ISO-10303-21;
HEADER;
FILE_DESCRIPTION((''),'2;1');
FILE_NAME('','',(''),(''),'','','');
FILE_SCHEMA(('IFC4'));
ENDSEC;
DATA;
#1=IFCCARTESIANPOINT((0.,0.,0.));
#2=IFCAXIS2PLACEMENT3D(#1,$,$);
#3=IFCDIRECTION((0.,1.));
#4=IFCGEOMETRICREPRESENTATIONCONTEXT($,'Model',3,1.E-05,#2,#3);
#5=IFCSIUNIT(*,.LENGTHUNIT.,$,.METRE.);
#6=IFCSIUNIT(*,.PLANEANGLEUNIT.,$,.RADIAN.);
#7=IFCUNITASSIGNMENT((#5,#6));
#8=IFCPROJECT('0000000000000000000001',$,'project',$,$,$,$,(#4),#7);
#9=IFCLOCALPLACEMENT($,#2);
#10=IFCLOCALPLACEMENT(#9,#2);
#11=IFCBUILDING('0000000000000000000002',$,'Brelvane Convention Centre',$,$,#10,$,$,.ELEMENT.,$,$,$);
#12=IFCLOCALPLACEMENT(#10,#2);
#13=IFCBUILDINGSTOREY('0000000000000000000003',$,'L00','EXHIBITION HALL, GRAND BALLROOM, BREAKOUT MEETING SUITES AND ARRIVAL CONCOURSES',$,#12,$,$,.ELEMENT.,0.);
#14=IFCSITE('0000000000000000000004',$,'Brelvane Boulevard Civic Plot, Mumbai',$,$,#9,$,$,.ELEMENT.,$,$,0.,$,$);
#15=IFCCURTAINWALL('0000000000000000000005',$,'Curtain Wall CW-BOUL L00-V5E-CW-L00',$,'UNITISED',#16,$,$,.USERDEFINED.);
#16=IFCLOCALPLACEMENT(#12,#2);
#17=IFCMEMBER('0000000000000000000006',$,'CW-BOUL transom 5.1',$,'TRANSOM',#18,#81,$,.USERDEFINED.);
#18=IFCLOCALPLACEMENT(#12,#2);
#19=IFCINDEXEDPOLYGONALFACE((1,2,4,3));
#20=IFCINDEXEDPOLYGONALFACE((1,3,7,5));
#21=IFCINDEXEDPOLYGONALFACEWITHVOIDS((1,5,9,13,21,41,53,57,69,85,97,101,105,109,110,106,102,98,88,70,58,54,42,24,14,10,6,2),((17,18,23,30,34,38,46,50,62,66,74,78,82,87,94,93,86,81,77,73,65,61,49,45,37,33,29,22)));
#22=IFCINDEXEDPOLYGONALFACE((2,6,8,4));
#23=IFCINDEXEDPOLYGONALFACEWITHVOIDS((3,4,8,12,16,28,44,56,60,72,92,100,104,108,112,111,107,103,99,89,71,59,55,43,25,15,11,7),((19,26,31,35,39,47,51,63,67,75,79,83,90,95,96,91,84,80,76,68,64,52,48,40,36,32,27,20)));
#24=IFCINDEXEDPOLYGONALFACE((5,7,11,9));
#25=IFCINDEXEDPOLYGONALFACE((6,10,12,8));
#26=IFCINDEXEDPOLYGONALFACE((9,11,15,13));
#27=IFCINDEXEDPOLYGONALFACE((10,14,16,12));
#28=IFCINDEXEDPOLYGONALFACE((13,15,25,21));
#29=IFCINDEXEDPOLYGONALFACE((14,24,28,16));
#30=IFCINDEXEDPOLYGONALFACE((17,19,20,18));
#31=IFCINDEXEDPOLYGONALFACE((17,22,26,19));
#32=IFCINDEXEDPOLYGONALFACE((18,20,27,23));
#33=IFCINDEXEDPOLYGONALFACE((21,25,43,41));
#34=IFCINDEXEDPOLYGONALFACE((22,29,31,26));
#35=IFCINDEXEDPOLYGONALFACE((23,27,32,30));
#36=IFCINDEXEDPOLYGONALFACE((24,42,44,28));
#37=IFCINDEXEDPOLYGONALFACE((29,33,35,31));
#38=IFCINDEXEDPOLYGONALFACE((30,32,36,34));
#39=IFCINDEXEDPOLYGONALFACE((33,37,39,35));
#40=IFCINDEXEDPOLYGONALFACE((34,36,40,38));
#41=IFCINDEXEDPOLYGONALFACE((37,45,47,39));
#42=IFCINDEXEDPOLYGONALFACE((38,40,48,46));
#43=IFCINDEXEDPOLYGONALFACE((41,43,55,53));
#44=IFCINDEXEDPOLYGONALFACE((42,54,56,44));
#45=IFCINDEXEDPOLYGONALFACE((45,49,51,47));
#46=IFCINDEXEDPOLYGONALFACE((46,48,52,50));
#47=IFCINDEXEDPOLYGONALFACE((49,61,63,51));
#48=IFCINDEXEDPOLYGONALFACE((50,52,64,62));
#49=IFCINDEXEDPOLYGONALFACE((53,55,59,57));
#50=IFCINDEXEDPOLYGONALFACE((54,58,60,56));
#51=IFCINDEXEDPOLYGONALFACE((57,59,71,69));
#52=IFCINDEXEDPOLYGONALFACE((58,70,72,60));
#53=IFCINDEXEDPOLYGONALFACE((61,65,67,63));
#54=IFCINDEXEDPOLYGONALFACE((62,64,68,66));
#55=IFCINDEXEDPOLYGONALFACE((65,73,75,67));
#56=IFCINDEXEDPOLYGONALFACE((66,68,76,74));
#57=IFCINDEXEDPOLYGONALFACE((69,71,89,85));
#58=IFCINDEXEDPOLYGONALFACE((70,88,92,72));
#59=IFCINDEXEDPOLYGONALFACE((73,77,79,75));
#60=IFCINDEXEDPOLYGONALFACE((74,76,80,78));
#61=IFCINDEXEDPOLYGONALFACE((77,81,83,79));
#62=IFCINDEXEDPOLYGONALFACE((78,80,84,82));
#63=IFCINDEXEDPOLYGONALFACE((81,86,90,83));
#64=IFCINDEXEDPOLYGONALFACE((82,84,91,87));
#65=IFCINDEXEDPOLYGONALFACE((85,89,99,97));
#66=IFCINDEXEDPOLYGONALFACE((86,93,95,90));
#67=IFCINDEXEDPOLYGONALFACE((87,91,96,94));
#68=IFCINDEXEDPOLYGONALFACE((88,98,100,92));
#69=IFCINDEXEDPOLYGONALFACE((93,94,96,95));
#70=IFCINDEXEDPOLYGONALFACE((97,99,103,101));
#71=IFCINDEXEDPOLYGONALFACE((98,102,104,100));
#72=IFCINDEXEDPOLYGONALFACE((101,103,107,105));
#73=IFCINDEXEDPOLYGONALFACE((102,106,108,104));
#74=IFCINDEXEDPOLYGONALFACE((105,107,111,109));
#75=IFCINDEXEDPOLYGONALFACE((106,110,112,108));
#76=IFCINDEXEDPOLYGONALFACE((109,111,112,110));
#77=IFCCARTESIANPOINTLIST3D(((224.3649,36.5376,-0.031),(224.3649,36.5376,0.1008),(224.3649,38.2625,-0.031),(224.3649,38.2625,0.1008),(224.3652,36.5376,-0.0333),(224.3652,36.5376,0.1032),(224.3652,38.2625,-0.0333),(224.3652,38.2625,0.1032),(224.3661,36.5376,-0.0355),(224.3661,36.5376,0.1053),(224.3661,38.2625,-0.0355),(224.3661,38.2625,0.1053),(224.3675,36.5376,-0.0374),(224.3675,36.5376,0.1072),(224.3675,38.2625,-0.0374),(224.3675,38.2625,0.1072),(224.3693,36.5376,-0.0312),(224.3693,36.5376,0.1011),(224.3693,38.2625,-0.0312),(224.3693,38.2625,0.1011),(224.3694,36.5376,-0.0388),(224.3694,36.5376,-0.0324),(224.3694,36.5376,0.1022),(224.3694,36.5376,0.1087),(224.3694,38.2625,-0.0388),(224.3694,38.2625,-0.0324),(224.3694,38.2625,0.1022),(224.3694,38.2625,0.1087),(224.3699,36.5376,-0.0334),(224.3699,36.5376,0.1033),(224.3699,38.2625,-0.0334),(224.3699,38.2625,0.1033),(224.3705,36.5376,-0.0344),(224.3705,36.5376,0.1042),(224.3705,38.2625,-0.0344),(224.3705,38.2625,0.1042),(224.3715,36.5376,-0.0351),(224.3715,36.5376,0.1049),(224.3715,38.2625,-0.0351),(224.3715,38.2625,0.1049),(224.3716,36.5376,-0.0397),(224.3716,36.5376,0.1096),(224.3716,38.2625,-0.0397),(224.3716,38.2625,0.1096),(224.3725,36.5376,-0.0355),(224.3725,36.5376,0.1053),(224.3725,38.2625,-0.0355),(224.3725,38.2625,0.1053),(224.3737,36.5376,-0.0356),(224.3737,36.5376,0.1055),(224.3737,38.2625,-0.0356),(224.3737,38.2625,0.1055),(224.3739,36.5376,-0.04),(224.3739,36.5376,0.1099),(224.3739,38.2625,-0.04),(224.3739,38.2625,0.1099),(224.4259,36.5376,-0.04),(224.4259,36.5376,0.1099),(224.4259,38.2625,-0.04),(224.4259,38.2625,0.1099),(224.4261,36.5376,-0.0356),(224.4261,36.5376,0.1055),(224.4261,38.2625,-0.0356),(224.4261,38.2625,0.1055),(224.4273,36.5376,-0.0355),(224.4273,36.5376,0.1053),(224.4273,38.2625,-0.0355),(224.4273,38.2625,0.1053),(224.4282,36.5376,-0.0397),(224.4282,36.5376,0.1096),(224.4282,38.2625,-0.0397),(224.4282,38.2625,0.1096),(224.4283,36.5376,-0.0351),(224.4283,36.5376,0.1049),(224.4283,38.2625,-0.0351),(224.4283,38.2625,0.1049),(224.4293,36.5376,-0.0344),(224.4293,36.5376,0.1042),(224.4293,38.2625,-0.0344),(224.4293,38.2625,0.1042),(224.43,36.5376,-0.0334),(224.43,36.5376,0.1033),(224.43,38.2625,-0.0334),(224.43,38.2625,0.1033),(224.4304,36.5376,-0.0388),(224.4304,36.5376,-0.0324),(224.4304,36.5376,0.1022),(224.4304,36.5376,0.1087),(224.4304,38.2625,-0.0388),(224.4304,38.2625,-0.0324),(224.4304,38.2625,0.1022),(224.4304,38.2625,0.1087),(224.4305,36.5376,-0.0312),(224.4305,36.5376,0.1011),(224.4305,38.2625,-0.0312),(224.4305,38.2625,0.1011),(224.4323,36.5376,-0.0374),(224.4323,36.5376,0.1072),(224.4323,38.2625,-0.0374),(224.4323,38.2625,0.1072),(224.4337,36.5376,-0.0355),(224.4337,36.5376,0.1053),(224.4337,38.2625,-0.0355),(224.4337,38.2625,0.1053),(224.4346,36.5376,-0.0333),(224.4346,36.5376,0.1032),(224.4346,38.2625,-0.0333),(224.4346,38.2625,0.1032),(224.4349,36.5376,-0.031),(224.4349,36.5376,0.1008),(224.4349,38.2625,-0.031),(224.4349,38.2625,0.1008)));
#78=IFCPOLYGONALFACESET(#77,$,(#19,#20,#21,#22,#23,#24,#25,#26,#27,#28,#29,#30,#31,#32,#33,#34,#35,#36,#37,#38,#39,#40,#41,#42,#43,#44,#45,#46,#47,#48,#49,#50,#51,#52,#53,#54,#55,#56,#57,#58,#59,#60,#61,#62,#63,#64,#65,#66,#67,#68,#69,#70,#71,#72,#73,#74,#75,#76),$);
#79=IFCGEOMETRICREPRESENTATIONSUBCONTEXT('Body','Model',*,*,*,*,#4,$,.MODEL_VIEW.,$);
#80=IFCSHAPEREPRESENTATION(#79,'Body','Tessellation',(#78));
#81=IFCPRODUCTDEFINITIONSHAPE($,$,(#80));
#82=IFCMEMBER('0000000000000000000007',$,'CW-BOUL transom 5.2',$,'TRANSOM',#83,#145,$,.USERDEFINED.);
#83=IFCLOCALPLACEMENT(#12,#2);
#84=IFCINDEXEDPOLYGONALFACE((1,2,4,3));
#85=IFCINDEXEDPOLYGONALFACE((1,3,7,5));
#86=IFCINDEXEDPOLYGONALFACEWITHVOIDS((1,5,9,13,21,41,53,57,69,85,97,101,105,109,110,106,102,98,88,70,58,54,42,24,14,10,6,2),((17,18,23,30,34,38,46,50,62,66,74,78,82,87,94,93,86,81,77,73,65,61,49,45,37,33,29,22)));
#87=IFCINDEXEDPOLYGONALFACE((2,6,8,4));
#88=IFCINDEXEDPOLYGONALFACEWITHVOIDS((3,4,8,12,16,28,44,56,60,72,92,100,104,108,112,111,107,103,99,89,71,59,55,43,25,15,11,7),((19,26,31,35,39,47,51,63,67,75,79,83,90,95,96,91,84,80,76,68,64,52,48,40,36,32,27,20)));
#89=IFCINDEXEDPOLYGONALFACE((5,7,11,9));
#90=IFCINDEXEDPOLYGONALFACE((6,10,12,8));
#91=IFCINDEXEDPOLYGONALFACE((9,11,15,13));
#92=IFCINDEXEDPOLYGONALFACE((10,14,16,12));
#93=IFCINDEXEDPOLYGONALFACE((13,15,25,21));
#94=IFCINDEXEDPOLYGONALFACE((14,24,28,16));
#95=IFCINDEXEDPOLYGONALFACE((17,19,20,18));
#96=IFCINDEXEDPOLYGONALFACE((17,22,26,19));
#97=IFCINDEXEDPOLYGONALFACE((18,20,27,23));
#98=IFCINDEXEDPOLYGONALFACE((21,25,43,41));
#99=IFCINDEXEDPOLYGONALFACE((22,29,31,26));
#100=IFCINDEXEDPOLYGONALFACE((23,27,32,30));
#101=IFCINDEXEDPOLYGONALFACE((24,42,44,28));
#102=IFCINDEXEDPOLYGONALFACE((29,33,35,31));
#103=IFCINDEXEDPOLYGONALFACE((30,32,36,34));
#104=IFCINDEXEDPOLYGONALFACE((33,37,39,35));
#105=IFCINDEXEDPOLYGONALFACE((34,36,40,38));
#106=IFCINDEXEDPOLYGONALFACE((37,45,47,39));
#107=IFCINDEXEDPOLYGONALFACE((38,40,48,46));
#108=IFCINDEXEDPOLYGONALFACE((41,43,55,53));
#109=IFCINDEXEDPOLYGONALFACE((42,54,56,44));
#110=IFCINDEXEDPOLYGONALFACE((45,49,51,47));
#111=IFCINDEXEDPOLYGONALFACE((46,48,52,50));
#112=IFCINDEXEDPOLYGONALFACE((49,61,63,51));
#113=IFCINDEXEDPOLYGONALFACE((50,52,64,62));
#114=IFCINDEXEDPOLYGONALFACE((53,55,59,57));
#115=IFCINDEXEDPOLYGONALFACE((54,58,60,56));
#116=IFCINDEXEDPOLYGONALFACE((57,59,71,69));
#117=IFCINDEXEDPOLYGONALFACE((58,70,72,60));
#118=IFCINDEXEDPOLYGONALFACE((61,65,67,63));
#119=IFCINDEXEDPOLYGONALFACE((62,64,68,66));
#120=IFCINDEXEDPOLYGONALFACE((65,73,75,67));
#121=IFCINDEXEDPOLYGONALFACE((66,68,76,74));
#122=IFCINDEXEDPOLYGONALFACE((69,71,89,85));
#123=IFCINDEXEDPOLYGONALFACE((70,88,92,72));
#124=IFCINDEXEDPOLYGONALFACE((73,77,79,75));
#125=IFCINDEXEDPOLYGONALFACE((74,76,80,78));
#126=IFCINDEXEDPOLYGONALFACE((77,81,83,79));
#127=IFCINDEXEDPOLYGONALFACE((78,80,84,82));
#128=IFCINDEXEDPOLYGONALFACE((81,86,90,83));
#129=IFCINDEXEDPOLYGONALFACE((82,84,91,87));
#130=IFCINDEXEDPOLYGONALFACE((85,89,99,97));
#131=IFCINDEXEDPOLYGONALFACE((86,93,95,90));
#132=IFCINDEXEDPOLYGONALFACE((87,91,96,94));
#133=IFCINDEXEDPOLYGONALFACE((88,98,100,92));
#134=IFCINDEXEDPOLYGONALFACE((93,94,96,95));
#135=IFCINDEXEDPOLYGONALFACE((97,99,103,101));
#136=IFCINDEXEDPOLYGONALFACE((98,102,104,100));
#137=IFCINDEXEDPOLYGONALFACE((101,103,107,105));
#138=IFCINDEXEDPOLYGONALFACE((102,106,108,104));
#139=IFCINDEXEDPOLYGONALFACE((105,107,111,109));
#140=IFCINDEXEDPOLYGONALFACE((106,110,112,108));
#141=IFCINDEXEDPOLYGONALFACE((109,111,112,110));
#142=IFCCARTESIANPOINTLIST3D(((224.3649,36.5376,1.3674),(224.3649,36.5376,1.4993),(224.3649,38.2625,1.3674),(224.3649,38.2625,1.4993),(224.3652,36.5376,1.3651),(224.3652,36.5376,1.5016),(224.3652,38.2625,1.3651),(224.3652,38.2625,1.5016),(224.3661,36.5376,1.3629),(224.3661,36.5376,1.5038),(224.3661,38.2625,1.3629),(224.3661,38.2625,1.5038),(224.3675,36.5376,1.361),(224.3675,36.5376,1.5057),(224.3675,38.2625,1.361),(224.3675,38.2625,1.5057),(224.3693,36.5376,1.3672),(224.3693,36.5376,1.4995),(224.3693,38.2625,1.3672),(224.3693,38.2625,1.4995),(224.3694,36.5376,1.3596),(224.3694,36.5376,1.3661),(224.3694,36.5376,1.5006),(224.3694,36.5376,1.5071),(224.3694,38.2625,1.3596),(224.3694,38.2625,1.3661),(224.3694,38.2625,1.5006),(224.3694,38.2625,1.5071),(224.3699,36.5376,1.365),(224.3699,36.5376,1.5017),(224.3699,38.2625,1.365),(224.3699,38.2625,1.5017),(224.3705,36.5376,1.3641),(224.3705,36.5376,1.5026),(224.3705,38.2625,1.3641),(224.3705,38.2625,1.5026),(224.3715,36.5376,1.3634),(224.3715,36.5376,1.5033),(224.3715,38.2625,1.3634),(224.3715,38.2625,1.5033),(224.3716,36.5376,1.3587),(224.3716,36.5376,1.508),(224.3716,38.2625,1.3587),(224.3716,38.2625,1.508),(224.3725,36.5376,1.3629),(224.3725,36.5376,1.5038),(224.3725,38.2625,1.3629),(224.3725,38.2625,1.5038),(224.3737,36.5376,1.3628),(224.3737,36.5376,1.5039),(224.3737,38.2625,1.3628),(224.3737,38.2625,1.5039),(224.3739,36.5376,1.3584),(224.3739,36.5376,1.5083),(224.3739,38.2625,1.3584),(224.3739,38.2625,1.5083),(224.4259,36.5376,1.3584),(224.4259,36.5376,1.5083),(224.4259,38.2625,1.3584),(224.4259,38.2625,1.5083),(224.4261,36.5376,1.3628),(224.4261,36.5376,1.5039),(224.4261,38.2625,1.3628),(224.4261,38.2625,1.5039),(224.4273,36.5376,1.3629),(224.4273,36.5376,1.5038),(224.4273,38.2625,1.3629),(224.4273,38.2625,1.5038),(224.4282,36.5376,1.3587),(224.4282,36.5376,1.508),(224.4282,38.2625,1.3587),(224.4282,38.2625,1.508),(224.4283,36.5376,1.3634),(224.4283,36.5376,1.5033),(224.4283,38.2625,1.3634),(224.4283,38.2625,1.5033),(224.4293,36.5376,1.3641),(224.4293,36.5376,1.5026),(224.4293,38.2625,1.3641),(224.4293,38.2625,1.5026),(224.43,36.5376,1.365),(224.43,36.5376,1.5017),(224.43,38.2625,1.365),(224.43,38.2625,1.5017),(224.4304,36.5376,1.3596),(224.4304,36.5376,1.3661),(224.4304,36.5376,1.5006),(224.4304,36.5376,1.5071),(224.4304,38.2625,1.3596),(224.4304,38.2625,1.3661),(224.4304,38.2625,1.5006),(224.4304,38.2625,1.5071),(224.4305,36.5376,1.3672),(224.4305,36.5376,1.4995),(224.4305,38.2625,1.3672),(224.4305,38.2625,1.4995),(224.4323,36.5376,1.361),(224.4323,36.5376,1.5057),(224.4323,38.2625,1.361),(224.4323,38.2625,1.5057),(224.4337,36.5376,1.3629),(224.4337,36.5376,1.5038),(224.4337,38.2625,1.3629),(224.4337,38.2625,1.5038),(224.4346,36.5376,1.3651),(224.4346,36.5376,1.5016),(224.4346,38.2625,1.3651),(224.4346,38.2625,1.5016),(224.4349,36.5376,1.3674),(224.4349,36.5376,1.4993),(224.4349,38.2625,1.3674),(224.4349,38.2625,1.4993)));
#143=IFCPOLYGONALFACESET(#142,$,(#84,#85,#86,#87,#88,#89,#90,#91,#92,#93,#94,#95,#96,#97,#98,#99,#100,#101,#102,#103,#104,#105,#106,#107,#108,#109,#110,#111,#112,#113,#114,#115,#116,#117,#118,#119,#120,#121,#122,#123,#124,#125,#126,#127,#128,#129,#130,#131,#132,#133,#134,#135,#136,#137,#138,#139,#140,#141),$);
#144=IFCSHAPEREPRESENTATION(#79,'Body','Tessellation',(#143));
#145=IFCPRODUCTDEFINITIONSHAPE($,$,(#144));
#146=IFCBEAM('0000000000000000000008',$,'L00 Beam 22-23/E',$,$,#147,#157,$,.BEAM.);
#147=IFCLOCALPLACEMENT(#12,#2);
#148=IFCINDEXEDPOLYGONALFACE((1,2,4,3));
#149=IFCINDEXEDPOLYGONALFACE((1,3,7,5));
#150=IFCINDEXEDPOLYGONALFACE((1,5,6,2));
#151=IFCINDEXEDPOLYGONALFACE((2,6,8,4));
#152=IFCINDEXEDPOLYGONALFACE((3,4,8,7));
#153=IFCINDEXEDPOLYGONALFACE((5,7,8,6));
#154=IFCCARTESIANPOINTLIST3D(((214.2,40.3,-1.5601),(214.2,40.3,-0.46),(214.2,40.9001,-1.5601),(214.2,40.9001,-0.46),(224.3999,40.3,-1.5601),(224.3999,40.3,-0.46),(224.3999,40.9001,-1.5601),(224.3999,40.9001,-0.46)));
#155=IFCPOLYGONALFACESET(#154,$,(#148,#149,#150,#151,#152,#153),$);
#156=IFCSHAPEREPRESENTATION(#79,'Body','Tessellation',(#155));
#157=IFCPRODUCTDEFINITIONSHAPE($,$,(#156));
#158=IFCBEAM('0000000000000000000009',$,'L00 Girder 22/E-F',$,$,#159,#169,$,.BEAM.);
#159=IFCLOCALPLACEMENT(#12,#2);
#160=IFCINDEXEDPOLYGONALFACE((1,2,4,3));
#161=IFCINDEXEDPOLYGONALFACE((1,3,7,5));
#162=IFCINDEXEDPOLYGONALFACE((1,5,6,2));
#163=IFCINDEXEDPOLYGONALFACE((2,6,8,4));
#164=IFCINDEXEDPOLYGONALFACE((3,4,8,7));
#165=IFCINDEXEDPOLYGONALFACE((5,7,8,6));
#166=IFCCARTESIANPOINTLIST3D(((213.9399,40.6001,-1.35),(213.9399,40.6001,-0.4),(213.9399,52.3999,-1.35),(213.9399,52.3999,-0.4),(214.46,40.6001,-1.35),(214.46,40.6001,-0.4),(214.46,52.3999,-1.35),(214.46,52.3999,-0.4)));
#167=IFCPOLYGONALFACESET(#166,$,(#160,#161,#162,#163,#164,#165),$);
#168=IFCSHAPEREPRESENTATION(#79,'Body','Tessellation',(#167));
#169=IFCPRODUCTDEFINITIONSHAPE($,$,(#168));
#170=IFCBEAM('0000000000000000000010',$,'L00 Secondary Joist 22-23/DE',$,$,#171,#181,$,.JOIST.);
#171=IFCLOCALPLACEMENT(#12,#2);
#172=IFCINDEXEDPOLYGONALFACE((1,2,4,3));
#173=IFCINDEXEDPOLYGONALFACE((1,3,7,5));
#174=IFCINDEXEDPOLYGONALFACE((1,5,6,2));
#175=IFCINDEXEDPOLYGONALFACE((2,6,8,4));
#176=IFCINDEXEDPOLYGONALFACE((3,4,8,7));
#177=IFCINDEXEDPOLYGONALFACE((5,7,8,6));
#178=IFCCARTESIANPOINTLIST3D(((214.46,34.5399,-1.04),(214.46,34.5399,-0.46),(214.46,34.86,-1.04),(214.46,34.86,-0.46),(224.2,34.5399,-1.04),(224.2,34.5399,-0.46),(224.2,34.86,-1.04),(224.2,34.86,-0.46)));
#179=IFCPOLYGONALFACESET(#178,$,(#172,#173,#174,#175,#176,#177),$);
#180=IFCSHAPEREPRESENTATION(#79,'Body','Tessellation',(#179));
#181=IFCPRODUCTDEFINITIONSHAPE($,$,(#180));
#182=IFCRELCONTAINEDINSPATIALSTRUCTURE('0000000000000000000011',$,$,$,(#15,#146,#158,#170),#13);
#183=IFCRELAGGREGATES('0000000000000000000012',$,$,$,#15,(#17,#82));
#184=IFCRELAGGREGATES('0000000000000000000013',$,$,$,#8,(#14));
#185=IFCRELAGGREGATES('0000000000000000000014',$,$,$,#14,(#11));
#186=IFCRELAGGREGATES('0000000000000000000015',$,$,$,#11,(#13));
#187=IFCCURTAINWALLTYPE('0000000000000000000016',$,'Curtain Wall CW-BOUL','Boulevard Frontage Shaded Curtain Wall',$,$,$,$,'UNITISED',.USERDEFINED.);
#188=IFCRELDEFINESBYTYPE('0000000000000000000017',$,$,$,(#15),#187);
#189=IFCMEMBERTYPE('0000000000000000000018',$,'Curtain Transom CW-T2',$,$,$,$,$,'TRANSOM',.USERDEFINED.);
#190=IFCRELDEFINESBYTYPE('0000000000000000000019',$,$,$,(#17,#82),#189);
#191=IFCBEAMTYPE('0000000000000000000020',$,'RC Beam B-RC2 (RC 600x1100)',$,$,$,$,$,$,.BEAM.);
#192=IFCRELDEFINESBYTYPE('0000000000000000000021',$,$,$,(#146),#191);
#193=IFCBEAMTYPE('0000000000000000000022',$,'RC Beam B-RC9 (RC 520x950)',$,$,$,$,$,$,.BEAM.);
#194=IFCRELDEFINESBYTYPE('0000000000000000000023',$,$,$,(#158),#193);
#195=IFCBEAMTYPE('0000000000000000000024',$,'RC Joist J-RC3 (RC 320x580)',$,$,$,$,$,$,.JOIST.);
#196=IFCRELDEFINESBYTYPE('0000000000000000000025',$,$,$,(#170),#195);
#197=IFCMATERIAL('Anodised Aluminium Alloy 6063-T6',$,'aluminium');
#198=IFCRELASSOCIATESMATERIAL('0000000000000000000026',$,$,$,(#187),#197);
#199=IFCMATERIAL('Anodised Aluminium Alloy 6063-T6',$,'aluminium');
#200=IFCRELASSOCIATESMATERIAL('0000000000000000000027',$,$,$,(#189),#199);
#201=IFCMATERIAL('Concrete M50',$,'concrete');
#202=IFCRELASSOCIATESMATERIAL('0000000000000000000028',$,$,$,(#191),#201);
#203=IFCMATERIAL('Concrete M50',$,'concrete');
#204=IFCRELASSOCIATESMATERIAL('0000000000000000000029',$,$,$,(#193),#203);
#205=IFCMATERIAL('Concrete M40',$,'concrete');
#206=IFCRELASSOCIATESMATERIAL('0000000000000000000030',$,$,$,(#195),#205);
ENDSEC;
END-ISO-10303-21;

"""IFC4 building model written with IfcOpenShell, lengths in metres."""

from ifc_helpers import new_model, si_unit, direction, frame, origin, origin_2d, place, context, subcontext, project, spatial, rectangle, hollow_rectangle, extrude, material, material_profile, profile_set, type_object, element, aggregate, save


model = new_model("IFC4")

# Units and contexts
model_context = context("Model", 3, precision=1e-05, world=origin(), true_north=direction((0.0, 1.0)))
body_context = subcontext(model_context, "Body", "Model", "MODEL_VIEW")
ifc_project = project(units=[si_unit("LENGTHUNIT", "METRE"), si_unit("PLANEANGLEUNIT", "RADIAN")], contexts=[model_context])

# Site, building, storey
site_placement = place(None, origin())
site = spatial("IfcSite", under=ifc_project, at=site_placement, Name="Brelvane Boulevard Civic Plot, Mumbai", CompositionType="ELEMENT", RefElevation=0.0)
building_placement = place(site_placement, origin())
building = spatial("IfcBuilding", under=site, at=building_placement, Name="Brelvane Convention Centre", CompositionType="ELEMENT")
storey_placement = place(building_placement, origin())
storey = spatial("IfcBuildingStorey", under=building, at=storey_placement, Name="L00", Description="EXHIBITION HALL, GRAND BALLROOM, BREAKOUT MEETING SUITES AND ARRIVAL CONCOURSES", CompositionType="ELEMENT", Elevation=0.0)

# Curtain wall, members
ifc_material_1 = material(Name="Anodised Aluminium Alloy 6063-T6", Category="aluminium")
curtain_wall_type = type_object("IfcCurtainWallType", Name="Curtain Wall CW-BOUL", Description="Boulevard Frontage Shaded Curtain Wall", ElementType="UNITISED", PredefinedType="USERDEFINED", material=ifc_material_1)
curtain_wall_placement = place(storey_placement, origin())
curtain_wall = element("IfcCurtainWall", 1, at=curtain_wall_placement, inside=storey, type_object=curtain_wall_type, Name="Curtain Wall CW-BOUL L00-V5E-CW-L00", ObjectType="UNITISED", PredefinedType="USERDEFINED")
ifc_material_2 = material(Name="Anodised Aluminium Alloy 6063-T6", Category="aluminium")
ifc_material_profile_1 = material_profile(ifc_material_2, hollow_rectangle(XDim=0.0701, YDim=0.1499, WallThickness=0.0044, InnerFilletRadius=0.0044, OuterFilletRadius=0.009, at=origin_2d()), Name="ALU-T 150x70x4.5")
ifc_profile_set_1 = profile_set([ifc_material_profile_1], Name="Anodised Aluminium Alloy 6063-T6")
member_type_1 = type_object("IfcMemberType", Name="Curtain Transom CW-T2", ElementType="TRANSOM", PredefinedType="USERDEFINED", material=ifc_profile_set_1)
member_1_placement = place(storey_placement, frame((224.3999, 36.5376, 0.0349), z_axis=(0.0, 1.0, 0.0), x_axis=(-1.0, 0.0, 0.0)))
member_1 = element("IfcMember", 2, at=member_1_placement, type_object=member_type_1, Name="CW-BOUL transom 5.1", ObjectType="TRANSOM", PredefinedType="USERDEFINED", context=body_context, shape_type="SweptSolid", body=[
    extrude(hollow_rectangle(XDim=0.0701, YDim=0.1499, WallThickness=0.0044, InnerFilletRadius=0.0044, OuterFilletRadius=0.009, at=origin_2d()), origin(), (0.0, 0.0, 1.0), 1.7249),
])
member_2_placement = place(storey_placement, frame((224.3999, 36.5376, 1.4333), z_axis=(0.0, 1.0, 0.0), x_axis=(-1.0, 0.0, 0.0)))
member_2 = element("IfcMember", 3, at=member_2_placement, type_object=member_type_1, Name="CW-BOUL transom 5.2", ObjectType="TRANSOM", PredefinedType="USERDEFINED", context=body_context, shape_type="SweptSolid", body=[
    extrude(hollow_rectangle(XDim=0.0701, YDim=0.1499, WallThickness=0.0044, InnerFilletRadius=0.0044, OuterFilletRadius=0.009, at=origin_2d()), origin(), (0.0, 0.0, 1.0), 1.7249),
])

# Beams
ifc_material_3 = material(Name="Concrete M50", Category="concrete")
ifc_material_profile_2 = material_profile(ifc_material_3, rectangle(XDim=0.6001, YDim=1.1001, at=origin_2d()), Name="RC 600x1100")
ifc_profile_set_2 = profile_set([ifc_material_profile_2], Name="Concrete M50")
beam_type_1 = type_object("IfcBeamType", Name="RC Beam B-RC2 (RC 600x1100)", PredefinedType="BEAM", material=ifc_profile_set_2)
beam_1_placement = place(storey_placement, frame((214.2, 40.6001, -1.01), z_axis=(1.0, 0.0, 0.0), x_axis=(0.0, 1.0, 0.0)))
element("IfcBeam", 4, at=beam_1_placement, inside=storey, type_object=beam_type_1, Name="L00 Beam 22-23/E", PredefinedType="BEAM", context=body_context, shape_type="SweptSolid", body=[
    extrude(rectangle(XDim=0.6001, YDim=1.1001, at=origin_2d()), origin(), (0.0, 0.0, 1.0), 10.2),
])
ifc_material_4 = material(Name="Concrete M50", Category="concrete")
ifc_material_profile_3 = material_profile(ifc_material_4, rectangle(XDim=0.52, YDim=0.95, at=origin_2d()), Name="RC 520x950")
ifc_profile_set_3 = profile_set([ifc_material_profile_3], Name="Concrete M50")
beam_type_2 = type_object("IfcBeamType", Name="RC Beam B-RC9 (RC 520x950)", PredefinedType="BEAM", material=ifc_profile_set_3)
beam_2_placement = place(storey_placement, frame((214.2, 40.6001, -0.875), z_axis=(0.0, 1.0, 0.0), x_axis=(-1.0, 0.0, 0.0)))
element("IfcBeam", 5, at=beam_2_placement, inside=storey, type_object=beam_type_2, Name="L00 Girder 22/E-F", PredefinedType="BEAM", context=body_context, shape_type="SweptSolid", body=[
    extrude(rectangle(XDim=0.52, YDim=0.95, at=origin_2d()), origin(), (0.0, 0.0, 1.0), 11.7998),
])
ifc_material_5 = material(Name="Concrete M40", Category="concrete")
ifc_material_profile_4 = material_profile(ifc_material_5, rectangle(XDim=0.3201, YDim=0.5801, at=origin_2d()), Name="RC 320x580")
ifc_profile_set_4 = profile_set([ifc_material_profile_4], Name="Concrete M40")
beam_type_3 = type_object("IfcBeamType", Name="RC Joist J-RC3 (RC 320x580)", PredefinedType="JOIST", material=ifc_profile_set_4)
beam_3_placement = place(storey_placement, frame((214.46, 34.7, -0.75), z_axis=(1.0, 0.0, 0.0), x_axis=(0.0, 1.0, 0.0)))
element("IfcBeam", 6, at=beam_3_placement, inside=storey, type_object=beam_type_3, Name="L00 Secondary Joist 22-23/DE", PredefinedType="JOIST", context=body_context, shape_type="SweptSolid", body=[
    extrude(rectangle(XDim=0.3201, YDim=0.5801, at=origin_2d()), origin(), (0.0, 0.0, 1.0), 9.74),
])

aggregate(curtain_wall, [member_1, member_2])

save(model, "model.ifc")
